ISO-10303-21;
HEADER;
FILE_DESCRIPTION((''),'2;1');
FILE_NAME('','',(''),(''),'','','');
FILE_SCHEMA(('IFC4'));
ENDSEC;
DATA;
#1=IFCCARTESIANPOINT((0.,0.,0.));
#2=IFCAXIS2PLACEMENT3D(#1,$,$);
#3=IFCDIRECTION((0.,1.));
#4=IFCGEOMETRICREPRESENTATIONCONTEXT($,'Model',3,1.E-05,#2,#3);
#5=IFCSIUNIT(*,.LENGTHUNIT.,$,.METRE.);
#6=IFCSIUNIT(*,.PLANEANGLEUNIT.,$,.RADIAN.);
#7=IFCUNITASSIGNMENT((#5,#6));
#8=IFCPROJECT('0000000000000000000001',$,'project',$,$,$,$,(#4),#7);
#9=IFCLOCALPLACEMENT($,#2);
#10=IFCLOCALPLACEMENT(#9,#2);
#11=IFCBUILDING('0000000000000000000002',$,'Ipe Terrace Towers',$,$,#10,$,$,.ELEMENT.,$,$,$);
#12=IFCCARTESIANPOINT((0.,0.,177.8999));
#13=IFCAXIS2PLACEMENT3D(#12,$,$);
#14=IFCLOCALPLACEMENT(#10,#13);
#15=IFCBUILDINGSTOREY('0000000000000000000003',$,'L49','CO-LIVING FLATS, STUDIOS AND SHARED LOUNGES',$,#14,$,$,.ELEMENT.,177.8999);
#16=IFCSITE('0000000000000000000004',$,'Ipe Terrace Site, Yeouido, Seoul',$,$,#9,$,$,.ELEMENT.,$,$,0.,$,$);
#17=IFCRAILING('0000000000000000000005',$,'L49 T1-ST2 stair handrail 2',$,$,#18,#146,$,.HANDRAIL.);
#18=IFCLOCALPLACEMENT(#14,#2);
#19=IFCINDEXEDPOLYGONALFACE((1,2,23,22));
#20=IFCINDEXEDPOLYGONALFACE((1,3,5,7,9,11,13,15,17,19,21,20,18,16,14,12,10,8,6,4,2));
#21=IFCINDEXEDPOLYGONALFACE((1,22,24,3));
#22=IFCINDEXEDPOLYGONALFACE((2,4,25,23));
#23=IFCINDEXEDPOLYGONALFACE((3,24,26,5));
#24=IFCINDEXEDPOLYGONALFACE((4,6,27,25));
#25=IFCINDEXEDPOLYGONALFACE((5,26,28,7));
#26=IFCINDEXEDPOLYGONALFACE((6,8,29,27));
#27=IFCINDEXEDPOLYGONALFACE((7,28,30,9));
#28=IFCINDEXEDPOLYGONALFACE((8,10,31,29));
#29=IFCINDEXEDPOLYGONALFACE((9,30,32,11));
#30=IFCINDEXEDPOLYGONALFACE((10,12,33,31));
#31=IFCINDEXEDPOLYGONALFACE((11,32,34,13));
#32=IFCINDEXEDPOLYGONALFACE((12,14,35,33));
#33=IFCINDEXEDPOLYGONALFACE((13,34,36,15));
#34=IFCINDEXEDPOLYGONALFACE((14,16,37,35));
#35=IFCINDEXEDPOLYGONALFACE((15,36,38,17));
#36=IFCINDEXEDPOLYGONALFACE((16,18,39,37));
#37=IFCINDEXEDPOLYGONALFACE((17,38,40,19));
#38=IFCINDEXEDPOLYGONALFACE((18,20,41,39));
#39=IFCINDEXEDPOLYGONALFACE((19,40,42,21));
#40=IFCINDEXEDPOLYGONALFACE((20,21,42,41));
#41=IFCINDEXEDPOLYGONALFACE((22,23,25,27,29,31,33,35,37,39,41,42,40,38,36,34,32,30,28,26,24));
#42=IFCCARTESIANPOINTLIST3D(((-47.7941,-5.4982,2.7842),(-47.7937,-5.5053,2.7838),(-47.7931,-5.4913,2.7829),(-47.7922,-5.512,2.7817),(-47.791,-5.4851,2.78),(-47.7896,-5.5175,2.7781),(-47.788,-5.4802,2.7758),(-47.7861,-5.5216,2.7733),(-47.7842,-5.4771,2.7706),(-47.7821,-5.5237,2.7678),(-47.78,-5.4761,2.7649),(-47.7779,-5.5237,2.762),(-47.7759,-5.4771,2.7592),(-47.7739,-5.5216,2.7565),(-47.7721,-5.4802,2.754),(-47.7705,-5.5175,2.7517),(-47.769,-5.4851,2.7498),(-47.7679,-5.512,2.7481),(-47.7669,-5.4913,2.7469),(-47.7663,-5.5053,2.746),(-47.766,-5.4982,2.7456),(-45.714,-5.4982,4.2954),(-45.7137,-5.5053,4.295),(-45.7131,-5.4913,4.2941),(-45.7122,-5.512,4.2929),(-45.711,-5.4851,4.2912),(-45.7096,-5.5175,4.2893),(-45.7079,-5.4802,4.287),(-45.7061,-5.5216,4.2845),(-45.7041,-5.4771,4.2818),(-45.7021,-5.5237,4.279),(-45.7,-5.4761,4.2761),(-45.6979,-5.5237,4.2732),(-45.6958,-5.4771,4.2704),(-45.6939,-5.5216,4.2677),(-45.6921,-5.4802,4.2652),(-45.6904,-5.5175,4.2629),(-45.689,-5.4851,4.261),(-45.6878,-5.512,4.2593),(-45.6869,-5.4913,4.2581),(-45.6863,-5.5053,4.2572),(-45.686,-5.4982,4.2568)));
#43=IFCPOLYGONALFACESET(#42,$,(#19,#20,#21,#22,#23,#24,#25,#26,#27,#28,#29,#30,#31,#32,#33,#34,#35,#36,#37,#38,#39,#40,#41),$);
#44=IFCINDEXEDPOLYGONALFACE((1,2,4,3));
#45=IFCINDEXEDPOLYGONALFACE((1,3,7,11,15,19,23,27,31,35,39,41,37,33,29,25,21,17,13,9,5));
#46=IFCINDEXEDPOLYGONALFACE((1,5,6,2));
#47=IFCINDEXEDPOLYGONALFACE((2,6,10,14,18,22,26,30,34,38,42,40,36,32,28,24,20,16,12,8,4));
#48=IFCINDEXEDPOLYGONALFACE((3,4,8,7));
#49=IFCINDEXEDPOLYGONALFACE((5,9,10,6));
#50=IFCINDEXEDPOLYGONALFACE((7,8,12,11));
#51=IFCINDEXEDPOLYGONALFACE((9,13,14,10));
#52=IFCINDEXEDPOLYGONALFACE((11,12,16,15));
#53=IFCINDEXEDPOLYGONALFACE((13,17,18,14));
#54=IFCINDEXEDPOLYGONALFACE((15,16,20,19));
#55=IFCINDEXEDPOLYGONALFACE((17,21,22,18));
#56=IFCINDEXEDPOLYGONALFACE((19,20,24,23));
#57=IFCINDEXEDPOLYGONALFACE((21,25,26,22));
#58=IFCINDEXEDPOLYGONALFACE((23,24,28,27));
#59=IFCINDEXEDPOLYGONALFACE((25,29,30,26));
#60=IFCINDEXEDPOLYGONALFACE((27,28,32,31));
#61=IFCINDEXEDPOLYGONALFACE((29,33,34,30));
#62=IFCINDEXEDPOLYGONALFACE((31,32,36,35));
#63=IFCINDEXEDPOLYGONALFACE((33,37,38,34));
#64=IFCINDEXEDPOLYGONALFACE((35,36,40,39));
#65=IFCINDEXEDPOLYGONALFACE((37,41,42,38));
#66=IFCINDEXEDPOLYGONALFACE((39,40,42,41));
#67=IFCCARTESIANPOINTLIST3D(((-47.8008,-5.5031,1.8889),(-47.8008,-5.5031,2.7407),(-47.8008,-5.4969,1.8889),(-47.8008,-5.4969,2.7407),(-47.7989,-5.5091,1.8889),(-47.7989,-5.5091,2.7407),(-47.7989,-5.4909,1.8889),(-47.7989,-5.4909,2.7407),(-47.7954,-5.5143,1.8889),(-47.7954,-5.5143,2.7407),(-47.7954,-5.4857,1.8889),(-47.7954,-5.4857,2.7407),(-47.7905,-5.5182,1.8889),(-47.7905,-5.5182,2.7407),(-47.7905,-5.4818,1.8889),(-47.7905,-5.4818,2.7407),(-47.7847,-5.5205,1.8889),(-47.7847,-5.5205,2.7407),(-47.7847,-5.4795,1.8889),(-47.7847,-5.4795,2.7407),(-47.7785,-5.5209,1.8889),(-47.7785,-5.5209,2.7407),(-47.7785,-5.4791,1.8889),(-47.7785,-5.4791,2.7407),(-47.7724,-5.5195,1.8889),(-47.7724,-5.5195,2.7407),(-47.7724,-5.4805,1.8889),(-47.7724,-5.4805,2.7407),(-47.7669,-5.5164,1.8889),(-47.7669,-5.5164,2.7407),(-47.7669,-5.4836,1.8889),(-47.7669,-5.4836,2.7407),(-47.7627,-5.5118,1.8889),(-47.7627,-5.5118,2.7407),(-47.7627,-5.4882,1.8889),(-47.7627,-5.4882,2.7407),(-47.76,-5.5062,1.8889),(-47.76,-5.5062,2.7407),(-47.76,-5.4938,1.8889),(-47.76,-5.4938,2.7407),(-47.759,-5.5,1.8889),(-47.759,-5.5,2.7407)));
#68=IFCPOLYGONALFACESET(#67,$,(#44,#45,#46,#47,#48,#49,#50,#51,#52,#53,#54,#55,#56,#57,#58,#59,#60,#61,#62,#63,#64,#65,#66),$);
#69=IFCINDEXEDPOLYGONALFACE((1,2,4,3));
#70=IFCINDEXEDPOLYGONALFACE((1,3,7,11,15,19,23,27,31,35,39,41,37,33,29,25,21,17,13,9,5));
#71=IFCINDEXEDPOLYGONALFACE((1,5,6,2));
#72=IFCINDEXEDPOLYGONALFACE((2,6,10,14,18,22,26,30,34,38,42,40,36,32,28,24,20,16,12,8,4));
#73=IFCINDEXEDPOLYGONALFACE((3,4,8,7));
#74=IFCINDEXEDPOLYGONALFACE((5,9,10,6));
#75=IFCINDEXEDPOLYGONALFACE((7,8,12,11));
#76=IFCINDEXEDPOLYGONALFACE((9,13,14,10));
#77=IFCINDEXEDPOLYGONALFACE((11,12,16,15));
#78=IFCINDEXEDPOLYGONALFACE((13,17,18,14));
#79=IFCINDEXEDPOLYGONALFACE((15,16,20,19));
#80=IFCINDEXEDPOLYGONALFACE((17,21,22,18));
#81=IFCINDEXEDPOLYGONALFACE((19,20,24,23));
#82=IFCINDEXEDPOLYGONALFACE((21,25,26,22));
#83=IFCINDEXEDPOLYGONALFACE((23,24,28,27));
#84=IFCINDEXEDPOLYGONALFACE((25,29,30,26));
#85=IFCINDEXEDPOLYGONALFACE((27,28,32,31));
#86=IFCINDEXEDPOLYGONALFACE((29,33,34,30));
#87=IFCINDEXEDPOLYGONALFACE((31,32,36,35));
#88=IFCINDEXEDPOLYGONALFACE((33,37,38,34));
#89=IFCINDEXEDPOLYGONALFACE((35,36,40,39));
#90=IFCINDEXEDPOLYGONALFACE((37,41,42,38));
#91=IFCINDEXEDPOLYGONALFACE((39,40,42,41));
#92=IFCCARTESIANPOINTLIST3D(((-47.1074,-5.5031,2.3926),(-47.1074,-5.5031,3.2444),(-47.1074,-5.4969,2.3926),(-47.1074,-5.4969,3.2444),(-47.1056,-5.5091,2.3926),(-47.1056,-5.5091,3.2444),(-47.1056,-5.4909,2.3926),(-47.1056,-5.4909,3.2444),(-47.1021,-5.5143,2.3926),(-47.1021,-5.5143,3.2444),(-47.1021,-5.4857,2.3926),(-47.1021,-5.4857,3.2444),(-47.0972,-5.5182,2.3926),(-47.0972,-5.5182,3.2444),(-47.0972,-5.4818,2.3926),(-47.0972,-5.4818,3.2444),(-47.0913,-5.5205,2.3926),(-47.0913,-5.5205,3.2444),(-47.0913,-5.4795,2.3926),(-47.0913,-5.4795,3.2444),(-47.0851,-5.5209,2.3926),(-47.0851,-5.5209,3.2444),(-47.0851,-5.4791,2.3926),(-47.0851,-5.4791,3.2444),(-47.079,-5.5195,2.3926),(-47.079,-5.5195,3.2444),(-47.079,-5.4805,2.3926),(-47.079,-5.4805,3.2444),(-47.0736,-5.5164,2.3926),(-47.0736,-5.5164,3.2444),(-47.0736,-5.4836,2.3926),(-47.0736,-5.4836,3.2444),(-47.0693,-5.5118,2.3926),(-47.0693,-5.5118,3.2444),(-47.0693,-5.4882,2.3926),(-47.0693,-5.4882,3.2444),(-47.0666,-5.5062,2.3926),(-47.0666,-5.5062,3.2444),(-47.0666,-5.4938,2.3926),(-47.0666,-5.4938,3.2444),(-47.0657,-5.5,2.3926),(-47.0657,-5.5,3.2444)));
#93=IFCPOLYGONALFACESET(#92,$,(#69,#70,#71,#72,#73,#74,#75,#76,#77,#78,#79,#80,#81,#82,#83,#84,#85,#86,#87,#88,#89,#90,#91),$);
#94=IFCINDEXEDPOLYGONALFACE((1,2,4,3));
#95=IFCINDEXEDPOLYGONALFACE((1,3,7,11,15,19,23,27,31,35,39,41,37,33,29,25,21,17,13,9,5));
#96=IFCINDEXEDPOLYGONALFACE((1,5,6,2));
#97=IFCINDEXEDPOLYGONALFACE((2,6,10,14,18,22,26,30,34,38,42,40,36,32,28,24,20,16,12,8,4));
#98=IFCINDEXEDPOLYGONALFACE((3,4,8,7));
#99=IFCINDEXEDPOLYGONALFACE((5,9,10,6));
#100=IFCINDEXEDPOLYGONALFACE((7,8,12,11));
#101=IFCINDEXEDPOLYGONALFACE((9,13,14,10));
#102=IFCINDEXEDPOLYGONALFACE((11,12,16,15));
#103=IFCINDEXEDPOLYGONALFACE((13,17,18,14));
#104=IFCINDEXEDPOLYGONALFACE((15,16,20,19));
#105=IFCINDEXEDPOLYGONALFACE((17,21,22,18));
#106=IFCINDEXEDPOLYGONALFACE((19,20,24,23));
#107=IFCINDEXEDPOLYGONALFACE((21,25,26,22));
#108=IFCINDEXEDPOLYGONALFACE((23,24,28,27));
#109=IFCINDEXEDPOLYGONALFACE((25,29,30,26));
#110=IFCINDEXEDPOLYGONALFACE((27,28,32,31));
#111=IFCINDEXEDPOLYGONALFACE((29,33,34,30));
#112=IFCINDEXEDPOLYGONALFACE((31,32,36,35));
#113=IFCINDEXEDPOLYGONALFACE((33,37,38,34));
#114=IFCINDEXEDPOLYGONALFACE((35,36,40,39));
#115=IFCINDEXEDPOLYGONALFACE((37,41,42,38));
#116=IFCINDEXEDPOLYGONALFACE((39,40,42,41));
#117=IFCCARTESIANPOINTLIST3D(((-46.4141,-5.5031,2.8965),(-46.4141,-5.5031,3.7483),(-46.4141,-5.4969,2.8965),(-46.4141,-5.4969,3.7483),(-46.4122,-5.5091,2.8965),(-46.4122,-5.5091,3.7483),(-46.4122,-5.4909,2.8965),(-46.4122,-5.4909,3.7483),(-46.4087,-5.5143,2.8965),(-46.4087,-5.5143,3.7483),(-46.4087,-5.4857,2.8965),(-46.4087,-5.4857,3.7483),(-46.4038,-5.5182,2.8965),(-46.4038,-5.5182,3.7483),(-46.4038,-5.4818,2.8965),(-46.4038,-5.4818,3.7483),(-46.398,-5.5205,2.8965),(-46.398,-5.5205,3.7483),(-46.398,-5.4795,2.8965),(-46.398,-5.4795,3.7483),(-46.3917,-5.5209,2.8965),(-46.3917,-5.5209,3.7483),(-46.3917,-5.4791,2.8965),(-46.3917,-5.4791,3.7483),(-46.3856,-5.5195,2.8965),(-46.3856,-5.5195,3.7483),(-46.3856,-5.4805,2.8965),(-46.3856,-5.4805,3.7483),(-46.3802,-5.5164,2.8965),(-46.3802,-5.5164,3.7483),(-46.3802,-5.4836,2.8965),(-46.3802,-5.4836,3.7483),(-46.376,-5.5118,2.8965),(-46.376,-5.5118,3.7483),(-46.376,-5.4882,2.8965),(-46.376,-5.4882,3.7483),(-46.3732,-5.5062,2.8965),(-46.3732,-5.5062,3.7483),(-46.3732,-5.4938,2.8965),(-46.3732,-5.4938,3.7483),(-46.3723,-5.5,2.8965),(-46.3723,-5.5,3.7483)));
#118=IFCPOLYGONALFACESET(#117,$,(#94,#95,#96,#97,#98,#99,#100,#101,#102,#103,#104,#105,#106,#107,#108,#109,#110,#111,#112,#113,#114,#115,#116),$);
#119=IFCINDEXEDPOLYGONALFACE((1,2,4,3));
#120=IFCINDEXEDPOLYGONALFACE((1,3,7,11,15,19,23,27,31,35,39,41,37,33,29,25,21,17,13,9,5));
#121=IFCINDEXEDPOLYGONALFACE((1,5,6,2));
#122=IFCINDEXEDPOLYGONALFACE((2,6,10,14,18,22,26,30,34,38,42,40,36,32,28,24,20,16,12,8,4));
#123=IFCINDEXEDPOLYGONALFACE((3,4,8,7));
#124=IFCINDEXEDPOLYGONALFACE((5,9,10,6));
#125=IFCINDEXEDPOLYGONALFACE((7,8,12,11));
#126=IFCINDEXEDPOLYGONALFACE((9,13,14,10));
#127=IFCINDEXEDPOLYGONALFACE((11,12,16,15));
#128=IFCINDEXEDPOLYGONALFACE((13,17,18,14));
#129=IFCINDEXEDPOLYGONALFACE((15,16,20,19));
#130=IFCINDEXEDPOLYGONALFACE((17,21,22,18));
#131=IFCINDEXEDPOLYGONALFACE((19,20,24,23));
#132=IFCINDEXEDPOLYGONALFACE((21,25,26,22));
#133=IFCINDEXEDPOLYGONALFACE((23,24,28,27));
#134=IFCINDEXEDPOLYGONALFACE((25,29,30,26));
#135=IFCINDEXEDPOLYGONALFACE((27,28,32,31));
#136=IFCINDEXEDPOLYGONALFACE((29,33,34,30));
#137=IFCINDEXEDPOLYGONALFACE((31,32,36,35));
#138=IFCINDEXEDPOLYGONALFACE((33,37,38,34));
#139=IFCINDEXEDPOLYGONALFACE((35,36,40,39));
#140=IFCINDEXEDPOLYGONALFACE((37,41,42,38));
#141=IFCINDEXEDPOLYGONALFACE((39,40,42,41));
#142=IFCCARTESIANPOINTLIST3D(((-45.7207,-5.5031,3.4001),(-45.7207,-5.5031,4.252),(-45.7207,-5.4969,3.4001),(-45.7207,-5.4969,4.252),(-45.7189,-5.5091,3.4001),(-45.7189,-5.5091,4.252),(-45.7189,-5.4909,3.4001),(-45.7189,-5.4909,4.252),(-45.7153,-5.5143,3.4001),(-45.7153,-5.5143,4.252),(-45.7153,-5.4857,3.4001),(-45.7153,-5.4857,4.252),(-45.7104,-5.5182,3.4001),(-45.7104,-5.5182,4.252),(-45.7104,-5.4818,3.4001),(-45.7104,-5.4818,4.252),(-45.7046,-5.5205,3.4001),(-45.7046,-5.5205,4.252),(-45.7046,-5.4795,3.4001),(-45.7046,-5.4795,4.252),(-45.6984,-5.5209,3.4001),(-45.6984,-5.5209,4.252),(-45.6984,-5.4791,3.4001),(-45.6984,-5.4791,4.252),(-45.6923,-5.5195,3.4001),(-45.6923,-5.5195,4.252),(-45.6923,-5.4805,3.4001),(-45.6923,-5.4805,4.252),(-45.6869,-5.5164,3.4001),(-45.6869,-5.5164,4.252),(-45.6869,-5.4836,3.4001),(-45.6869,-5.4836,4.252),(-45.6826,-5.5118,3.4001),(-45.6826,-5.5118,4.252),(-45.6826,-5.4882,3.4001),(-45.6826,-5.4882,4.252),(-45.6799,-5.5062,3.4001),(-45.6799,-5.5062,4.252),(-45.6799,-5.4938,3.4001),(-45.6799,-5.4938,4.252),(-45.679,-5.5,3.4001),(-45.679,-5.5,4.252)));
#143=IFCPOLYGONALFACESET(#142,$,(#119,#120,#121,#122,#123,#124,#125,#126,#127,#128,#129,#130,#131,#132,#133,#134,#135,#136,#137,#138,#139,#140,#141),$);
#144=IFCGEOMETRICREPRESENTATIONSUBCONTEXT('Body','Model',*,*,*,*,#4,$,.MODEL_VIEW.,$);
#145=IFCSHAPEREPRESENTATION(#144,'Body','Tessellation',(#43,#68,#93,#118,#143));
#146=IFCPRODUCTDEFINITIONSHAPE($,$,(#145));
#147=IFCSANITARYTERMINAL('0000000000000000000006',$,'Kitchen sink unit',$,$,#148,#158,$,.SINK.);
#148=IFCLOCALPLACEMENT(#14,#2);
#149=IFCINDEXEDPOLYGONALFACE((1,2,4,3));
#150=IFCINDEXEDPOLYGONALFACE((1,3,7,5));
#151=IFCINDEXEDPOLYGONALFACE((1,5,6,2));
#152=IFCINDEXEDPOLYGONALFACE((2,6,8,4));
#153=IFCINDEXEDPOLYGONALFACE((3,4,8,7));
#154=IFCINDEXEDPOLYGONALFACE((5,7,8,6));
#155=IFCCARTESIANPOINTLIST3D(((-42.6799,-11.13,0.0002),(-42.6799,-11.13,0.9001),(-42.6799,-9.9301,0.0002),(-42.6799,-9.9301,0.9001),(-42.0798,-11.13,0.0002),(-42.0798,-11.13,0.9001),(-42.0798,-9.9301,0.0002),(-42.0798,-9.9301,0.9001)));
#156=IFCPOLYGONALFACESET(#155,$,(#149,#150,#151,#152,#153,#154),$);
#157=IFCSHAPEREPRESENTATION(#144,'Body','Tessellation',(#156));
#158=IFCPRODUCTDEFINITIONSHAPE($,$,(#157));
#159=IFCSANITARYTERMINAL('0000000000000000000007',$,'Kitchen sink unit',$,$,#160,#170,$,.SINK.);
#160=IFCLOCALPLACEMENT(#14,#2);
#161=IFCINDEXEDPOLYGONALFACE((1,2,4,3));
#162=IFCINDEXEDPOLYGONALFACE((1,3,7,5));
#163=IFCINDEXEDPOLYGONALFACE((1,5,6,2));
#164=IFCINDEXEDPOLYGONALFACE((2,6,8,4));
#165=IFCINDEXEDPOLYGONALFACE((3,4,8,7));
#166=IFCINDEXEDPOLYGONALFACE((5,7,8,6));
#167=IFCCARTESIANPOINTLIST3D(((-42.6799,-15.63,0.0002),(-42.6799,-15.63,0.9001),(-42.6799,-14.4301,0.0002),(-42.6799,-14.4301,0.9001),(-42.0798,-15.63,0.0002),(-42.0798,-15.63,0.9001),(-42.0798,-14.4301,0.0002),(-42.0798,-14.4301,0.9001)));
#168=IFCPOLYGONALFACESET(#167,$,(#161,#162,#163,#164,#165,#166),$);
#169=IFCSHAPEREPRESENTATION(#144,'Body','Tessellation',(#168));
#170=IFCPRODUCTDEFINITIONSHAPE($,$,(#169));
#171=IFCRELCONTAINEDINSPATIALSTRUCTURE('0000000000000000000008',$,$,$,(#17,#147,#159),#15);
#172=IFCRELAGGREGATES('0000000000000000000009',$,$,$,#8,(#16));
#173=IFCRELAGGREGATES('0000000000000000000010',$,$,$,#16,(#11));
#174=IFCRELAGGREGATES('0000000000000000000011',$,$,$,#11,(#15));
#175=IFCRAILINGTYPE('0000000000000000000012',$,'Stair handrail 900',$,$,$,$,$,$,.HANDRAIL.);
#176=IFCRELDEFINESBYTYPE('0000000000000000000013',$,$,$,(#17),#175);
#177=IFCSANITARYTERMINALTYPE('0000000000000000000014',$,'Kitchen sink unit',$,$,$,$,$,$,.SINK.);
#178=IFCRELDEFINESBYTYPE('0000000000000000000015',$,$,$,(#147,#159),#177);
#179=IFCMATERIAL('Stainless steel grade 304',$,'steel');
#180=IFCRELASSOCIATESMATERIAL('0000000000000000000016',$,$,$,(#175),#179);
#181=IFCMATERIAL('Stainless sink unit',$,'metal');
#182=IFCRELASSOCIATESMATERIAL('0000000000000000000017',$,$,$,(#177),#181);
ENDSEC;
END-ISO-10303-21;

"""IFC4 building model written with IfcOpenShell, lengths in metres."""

from ifc_helpers import new_model, si_unit, direction, frame, origin, origin_2d, place, context, subcontext, project, spatial, rectangle, circle, extrude, material, type_object, element, save


model = new_model("IFC4")

# Units and contexts
model_context = context("Model", 3, precision=1e-05, world=origin(), true_north=direction((0.0, 1.0)))
body_context = subcontext(model_context, "Body", "Model", "MODEL_VIEW")
ifc_project = project(units=[si_unit("LENGTHUNIT", "METRE"), si_unit("PLANEANGLEUNIT", "RADIAN")], contexts=[model_context])

# Site, building, storey
site_placement = place(None, origin())
site = spatial("IfcSite", under=ifc_project, at=site_placement, Name="Ipe Terrace Site, Yeouido, Seoul", CompositionType="ELEMENT", RefElevation=0.0)
building_placement = place(site_placement, origin())
building = spatial("IfcBuilding", under=site, at=building_placement, Name="Ipe Terrace Towers", CompositionType="ELEMENT")
storey_placement = place(building_placement, frame((0.0, 0.0, 177.8999)))
storey = spatial("IfcBuildingStorey", under=building, at=storey_placement, Name="L49", Description="CO-LIVING FLATS, STUDIOS AND SHARED LOUNGES", CompositionType="ELEMENT", Elevation=177.8999)

# Railing
ifc_material_1 = material(Name="Stainless steel grade 304", Category="steel")
railing_type_1 = type_object("IfcRailingType", Name="Stair handrail 900", PredefinedType="HANDRAIL", material=ifc_material_1)
railing_1_placement = place(storey_placement, frame((-47.78, -5.5, 1.8889)))
element("IfcRailing", 1, at=railing_1_placement, inside=storey, type_object=railing_type_1, Name="L49 T1-ST2 stair handrail 2", PredefinedType="HANDRAIL", context=body_context, shape_type="SweptSolid", body=[
    extrude(circle(Radius=0.0239, at=origin_2d()), frame((0.0, 0.0, 0.876), z_axis=(0.809023, 0.0, 0.587776), x_axis=(0.0, 1.0, 0.0)), (0.0, 0.0, 1.0), 2.571),
    extrude(circle(Radius=0.021, at=origin_2d()), origin(), (0.0, 0.0, 1.0), 0.8518),
    extrude(circle(Radius=0.021, at=origin_2d()), frame((0.6934, 0.0, 0.5037)), (0.0, 0.0, 1.0), 0.8518),
    extrude(circle(Radius=0.021, at=origin_2d()), frame((1.3867, 0.0, 1.0076)), (0.0, 0.0, 1.0), 0.8518),
    extrude(circle(Radius=0.021, at=origin_2d()), frame((2.0801, 0.0, 1.5112)), (0.0, 0.0, 1.0), 0.8518),
])

# Sanitary terminals
ifc_material_2 = material(Name="Stainless sink unit", Category="metal")
sanitary_terminal_type = type_object("IfcSanitaryTerminalType", Name="Kitchen sink unit", PredefinedType="SINK", material=ifc_material_2)
for number, where, z_axis, x_axis, name in (
    (2, (-42.3799, -10.53, 0.0002), (0.0, 0.0, 1.0), (0.0, 1.0, 0.0), "Kitchen sink unit"),
    (3, (-42.3799, -15.03, 0.0002), (0.0, 0.0, 1.0), (0.0, 1.0, 0.0), "Kitchen sink unit"),
):
    element("IfcSanitaryTerminal", number, at=place(storey_placement, frame(where, z_axis=z_axis, x_axis=x_axis)), inside=storey, type_object=sanitary_terminal_type, Name=name, PredefinedType="SINK", context=body_context, shape_type="SweptSolid", body=[
        extrude(rectangle(XDim=1.2, YDim=0.6001, at=origin_2d()), origin(), (0.0, 0.0, 1.0), 0.8999),
    ])

save(model, "model.ifc")
